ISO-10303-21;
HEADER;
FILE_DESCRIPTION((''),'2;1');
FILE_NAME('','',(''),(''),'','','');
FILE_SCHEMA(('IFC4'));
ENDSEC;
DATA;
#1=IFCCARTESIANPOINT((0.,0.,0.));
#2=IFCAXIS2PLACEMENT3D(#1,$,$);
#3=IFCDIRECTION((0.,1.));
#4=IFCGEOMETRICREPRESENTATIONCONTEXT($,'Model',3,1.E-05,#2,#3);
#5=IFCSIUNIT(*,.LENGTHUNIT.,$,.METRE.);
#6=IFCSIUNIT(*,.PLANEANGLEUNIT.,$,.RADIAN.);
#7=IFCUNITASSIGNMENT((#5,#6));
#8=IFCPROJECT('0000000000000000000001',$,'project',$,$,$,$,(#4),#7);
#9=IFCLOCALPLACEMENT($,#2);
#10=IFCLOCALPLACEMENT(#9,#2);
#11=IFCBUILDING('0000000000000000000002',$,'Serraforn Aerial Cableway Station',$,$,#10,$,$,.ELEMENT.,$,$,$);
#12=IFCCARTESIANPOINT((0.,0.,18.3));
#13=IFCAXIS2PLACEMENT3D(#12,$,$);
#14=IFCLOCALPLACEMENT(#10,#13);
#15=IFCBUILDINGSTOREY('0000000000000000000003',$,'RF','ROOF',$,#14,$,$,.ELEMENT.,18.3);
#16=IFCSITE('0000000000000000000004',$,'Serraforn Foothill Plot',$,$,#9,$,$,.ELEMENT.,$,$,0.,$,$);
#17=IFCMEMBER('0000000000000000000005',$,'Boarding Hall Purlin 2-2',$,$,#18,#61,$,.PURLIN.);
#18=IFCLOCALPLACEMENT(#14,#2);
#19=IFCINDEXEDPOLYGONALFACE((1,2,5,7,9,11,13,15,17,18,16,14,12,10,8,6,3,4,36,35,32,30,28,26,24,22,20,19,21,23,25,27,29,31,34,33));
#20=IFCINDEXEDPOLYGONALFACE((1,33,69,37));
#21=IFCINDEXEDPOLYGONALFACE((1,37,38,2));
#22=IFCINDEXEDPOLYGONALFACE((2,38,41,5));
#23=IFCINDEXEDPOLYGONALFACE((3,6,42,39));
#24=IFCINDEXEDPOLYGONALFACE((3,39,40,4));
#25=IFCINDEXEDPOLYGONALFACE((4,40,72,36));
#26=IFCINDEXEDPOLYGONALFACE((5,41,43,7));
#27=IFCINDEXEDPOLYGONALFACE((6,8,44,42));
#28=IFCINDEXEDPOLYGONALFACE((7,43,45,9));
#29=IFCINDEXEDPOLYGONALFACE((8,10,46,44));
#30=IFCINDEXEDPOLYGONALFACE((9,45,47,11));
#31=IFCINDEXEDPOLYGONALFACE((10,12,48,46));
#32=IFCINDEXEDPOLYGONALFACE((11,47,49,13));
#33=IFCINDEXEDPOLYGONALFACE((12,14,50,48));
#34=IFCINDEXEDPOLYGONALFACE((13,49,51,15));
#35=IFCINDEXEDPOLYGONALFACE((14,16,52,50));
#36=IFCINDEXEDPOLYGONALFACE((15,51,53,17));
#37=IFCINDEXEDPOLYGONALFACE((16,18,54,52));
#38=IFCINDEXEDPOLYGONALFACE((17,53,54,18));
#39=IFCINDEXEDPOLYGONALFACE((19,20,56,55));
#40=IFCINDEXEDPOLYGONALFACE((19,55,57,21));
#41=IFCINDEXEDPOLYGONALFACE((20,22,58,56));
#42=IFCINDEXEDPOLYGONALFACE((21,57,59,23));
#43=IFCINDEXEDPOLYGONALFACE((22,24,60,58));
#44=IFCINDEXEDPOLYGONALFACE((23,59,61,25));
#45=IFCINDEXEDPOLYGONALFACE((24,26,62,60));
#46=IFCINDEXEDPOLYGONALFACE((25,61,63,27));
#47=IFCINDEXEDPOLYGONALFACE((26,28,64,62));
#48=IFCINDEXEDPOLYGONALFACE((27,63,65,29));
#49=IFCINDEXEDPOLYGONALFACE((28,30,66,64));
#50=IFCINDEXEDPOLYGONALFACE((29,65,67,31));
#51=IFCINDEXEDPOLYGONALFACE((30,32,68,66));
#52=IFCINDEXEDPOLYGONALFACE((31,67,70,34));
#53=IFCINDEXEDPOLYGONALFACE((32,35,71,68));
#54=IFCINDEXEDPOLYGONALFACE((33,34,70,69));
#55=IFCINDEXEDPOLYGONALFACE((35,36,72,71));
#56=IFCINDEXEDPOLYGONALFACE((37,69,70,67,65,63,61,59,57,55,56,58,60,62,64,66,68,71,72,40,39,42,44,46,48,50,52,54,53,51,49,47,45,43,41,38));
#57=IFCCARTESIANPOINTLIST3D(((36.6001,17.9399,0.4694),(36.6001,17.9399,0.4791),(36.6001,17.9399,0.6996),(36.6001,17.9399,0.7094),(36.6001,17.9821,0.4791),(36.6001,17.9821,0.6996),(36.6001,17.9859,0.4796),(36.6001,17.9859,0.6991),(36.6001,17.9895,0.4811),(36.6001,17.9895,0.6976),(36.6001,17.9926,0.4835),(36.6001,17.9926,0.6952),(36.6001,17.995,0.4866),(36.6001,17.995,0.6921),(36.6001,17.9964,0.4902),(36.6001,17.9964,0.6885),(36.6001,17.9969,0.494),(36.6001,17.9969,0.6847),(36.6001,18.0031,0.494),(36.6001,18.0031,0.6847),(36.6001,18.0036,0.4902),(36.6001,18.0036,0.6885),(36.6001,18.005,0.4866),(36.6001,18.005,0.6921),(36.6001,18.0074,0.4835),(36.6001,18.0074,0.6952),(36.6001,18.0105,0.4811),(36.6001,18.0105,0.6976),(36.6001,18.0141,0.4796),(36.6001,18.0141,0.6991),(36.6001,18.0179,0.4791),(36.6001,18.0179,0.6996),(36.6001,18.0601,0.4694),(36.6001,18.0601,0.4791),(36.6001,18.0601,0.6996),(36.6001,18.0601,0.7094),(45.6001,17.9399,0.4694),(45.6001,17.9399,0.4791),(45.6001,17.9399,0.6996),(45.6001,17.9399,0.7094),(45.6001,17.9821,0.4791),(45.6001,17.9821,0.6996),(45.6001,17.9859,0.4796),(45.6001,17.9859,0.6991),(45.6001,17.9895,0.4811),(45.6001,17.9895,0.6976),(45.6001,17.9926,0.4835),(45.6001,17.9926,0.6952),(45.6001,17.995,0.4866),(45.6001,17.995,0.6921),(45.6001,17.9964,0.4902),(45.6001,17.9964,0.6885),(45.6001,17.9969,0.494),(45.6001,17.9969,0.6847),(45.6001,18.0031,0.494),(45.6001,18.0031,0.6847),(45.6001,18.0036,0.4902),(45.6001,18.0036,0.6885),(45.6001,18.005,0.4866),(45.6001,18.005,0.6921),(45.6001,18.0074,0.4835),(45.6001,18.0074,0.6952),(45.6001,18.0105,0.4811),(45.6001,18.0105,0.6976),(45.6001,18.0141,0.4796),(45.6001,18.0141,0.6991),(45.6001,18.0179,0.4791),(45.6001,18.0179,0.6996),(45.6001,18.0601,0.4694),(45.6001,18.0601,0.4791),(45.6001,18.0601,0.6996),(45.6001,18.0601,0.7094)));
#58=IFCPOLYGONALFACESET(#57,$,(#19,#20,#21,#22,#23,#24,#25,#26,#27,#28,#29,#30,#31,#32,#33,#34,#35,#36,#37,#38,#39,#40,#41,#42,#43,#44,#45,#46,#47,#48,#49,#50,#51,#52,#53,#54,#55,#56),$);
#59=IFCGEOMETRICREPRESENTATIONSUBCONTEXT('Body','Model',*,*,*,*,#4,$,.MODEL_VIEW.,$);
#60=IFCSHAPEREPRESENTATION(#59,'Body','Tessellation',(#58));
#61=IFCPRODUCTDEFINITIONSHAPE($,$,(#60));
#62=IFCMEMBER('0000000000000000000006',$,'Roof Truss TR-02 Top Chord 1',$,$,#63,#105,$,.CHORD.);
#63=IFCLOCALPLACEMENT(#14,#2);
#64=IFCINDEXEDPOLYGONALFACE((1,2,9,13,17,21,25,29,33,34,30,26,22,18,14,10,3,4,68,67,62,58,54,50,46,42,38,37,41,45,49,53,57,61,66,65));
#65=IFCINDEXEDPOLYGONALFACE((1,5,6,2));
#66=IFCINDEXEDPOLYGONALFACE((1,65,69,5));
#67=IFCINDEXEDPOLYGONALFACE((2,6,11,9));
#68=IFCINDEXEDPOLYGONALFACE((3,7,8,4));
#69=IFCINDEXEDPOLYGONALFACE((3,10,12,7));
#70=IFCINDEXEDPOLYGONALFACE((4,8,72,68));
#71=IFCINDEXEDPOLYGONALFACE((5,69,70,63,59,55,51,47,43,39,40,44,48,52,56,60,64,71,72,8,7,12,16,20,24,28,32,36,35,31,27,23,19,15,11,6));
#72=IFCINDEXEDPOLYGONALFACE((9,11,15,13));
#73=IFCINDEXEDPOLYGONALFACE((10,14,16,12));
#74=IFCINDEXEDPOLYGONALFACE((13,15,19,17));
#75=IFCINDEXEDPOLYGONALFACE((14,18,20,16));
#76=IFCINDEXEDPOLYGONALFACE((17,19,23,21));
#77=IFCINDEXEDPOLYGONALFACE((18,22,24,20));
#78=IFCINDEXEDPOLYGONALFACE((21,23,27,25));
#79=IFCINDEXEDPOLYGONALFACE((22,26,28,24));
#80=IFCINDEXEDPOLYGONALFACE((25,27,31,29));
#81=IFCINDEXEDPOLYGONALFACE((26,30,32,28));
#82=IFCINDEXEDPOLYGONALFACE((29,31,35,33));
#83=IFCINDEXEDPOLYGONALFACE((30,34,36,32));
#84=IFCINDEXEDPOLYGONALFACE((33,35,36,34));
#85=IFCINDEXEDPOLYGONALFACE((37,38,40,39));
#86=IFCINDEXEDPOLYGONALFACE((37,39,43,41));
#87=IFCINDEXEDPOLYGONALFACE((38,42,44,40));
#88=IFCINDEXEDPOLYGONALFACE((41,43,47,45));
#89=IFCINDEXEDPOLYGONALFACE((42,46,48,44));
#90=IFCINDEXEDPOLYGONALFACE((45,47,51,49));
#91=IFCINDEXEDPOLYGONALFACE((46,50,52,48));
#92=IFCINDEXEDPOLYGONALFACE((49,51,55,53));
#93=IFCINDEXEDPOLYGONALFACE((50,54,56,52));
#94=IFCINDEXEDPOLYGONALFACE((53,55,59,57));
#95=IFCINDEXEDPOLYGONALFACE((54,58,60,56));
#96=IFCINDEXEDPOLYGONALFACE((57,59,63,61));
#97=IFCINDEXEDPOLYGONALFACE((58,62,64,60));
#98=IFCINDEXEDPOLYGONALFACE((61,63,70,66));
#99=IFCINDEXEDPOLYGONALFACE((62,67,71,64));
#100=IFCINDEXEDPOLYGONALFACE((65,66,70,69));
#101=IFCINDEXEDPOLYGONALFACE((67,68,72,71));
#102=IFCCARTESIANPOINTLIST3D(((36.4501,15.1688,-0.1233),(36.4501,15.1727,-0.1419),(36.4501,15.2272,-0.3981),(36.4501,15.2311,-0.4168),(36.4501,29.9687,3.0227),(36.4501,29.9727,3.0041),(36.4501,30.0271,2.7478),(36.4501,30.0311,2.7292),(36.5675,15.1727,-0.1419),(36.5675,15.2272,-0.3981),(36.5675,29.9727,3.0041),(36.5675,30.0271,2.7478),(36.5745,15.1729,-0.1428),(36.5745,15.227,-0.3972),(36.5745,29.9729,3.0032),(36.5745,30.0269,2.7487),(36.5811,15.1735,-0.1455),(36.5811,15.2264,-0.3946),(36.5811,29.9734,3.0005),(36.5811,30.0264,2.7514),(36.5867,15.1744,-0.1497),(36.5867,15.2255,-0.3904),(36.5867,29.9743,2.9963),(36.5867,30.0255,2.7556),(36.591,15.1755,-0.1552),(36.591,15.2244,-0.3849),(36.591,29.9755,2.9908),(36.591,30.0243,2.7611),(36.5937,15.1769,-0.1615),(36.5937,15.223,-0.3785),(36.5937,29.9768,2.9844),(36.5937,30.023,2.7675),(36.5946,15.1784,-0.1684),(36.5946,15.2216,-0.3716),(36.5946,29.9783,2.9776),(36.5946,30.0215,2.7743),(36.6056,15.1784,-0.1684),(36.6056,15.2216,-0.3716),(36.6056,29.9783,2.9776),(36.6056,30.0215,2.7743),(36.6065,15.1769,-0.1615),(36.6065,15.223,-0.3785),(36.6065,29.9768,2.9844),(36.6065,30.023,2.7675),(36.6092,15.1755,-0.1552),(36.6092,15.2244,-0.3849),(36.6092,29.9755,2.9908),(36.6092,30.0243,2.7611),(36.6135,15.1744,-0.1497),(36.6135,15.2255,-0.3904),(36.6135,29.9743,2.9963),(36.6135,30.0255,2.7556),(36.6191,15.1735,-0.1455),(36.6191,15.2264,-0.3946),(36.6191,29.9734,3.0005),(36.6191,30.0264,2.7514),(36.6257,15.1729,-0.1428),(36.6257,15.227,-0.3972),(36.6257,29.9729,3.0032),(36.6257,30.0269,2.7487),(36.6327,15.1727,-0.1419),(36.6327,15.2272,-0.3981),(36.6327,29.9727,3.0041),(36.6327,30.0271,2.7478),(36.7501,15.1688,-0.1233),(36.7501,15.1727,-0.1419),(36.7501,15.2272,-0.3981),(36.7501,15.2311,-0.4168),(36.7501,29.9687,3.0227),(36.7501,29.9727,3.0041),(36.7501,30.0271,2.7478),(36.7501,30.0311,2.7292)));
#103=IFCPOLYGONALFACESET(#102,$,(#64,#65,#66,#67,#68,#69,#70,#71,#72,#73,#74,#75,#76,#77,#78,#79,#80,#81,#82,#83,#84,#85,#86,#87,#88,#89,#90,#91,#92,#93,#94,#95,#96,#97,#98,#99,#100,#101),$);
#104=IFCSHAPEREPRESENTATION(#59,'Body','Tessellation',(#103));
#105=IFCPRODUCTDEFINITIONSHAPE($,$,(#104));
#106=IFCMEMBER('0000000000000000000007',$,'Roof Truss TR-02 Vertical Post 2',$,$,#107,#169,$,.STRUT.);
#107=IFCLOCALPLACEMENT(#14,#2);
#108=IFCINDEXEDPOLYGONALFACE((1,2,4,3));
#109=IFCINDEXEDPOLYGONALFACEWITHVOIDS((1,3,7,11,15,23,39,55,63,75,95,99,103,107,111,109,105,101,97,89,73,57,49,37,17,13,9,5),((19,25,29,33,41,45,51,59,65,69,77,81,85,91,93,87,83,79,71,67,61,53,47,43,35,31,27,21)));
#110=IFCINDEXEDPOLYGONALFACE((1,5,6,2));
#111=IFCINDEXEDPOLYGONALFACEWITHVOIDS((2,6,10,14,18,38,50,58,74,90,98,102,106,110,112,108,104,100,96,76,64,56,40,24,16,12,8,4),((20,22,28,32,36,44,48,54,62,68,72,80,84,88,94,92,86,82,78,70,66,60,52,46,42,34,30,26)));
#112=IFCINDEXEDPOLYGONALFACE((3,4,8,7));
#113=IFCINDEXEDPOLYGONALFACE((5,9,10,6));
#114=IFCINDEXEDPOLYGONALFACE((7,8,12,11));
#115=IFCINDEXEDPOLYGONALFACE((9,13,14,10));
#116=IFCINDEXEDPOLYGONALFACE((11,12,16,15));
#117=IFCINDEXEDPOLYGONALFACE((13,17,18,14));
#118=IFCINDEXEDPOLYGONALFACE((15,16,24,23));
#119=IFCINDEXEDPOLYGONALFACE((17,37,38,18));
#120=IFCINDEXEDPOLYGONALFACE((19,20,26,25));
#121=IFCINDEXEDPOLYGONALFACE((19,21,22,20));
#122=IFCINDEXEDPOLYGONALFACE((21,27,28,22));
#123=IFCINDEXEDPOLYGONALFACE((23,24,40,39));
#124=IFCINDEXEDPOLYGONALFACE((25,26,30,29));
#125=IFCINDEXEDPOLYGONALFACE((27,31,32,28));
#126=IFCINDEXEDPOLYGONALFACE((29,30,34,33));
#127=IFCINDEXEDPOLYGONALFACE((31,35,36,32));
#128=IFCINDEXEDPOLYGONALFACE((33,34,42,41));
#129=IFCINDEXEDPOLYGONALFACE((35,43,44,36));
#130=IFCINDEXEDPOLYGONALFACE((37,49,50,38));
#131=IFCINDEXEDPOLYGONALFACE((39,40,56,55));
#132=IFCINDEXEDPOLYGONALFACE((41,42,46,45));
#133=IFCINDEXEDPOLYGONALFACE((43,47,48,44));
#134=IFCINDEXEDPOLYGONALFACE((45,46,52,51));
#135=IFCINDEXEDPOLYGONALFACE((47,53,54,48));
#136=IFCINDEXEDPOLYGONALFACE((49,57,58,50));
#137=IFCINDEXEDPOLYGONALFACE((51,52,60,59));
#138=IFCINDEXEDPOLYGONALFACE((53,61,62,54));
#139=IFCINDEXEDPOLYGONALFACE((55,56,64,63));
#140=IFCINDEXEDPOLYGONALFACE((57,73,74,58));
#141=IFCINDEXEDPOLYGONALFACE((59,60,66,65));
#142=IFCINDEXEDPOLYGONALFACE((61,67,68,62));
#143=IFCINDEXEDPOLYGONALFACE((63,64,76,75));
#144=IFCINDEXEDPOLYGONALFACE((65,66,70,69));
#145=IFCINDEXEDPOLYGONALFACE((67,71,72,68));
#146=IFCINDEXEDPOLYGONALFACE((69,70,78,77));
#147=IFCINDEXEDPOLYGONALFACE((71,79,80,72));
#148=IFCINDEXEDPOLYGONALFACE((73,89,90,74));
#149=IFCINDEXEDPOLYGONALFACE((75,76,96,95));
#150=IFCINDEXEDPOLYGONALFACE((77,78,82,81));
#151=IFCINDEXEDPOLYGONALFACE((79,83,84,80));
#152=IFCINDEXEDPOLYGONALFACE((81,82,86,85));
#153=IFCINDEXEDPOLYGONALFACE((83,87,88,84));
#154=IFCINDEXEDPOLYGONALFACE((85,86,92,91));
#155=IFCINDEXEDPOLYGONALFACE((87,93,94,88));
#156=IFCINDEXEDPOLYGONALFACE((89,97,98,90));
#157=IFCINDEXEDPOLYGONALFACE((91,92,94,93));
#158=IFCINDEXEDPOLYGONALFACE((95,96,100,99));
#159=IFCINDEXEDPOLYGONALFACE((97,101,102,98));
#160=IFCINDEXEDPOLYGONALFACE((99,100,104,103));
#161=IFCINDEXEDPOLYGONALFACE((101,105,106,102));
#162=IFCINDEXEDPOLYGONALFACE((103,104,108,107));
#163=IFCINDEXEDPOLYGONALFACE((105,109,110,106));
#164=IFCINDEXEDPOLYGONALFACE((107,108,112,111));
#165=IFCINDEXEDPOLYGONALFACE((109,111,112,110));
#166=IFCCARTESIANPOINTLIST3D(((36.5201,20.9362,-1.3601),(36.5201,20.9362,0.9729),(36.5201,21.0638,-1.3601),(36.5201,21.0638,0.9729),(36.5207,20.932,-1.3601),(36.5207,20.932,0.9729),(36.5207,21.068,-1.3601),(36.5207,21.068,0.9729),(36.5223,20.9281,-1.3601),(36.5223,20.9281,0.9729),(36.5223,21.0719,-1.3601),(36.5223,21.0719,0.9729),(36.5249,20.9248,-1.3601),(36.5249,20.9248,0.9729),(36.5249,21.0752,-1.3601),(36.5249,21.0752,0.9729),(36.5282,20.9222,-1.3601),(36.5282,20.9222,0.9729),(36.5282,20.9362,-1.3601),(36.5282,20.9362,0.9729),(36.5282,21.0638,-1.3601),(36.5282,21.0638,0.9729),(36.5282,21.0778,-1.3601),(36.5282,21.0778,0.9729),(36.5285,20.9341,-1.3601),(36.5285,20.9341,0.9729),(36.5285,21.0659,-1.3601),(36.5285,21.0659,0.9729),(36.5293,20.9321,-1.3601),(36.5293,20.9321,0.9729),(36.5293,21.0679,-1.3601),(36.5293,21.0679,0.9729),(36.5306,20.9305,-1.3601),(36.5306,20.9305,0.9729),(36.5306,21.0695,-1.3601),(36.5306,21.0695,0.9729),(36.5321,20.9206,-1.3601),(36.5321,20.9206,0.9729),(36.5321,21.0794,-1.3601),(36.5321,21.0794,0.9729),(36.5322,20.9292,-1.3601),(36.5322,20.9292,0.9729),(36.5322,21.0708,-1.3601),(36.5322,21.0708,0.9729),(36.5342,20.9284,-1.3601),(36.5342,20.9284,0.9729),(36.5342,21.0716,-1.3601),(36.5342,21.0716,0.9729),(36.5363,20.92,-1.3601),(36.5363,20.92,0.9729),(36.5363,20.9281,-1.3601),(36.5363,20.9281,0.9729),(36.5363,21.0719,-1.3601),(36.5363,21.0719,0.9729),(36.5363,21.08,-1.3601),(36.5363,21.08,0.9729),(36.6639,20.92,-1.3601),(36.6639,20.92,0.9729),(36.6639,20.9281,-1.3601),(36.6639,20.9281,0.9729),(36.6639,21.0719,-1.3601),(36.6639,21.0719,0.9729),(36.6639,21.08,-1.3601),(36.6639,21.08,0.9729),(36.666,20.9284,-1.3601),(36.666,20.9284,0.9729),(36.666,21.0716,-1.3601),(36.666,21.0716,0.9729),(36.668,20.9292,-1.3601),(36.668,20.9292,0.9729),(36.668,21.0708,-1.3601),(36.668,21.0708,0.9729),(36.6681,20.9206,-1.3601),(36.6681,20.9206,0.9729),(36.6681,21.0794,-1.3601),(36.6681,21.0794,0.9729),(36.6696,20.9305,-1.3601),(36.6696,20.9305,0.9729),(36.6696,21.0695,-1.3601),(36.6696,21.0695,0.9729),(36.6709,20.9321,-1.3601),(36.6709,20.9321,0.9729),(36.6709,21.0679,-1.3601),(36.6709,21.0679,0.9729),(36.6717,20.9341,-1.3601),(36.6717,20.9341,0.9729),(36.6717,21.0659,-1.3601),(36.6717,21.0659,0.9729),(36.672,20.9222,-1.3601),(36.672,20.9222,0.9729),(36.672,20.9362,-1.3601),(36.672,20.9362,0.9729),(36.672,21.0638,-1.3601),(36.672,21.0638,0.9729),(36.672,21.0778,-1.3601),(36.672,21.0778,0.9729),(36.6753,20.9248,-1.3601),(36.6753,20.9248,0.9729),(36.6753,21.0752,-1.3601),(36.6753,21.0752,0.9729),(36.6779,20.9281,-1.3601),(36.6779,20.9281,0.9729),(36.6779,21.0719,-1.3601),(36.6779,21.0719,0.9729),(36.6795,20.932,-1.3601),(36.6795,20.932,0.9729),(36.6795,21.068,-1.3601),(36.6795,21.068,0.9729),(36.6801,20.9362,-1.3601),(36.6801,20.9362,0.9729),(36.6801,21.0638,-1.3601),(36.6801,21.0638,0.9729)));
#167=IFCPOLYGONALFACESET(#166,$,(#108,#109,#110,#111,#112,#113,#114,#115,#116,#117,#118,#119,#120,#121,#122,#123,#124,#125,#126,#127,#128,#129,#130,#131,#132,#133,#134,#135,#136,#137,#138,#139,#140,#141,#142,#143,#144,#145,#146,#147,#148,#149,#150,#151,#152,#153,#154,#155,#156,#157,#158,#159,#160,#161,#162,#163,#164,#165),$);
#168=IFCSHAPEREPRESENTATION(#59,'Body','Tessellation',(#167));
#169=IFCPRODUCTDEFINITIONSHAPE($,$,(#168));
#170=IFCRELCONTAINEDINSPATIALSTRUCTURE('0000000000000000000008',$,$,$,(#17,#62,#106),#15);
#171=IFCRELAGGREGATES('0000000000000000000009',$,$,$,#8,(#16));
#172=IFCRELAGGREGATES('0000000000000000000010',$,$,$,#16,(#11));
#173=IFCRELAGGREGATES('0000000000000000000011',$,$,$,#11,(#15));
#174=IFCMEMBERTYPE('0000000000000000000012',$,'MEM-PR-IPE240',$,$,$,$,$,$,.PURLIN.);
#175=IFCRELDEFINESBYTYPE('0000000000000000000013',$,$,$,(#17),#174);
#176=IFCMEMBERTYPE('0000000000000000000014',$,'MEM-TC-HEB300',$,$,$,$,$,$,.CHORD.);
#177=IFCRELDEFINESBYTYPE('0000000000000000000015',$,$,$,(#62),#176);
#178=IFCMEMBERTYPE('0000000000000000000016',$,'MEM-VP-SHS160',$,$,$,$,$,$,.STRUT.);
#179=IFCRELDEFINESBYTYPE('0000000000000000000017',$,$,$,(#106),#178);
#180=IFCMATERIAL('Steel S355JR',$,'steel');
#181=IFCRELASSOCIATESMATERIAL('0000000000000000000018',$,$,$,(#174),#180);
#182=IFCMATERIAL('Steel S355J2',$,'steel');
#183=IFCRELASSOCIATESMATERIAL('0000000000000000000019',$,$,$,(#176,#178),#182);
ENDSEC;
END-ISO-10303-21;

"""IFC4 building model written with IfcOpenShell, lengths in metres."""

from ifc_helpers import new_model, si_unit, direction, frame, origin, origin_2d, place, context, subcontext, project, spatial, hollow_rectangle, i_section, extrude, material, material_profile, profile_set, type_object, element, save


model = new_model("IFC4")

# Units and contexts
model_context = context("Model", 3, precision=1e-05, world=origin(), true_north=direction((0.0, 1.0)))
body_context = subcontext(model_context, "Body", "Model", "MODEL_VIEW")
ifc_project = project(units=[si_unit("LENGTHUNIT", "METRE"), si_unit("PLANEANGLEUNIT", "RADIAN")], contexts=[model_context])

# Site, building, storey
site_placement = place(None, origin())
site = spatial("IfcSite", under=ifc_project, at=site_placement, Name="Serraforn Foothill Plot", CompositionType="ELEMENT", RefElevation=0.0)
building_placement = place(site_placement, origin())
building = spatial("IfcBuilding", under=site, at=building_placement, Name="Serraforn Aerial Cableway Station", CompositionType="ELEMENT")
storey_placement = place(building_placement, frame((0.0, 0.0, 18.3)))
storey = spatial("IfcBuildingStorey", under=building, at=storey_placement, Name="RF", Description="ROOF", CompositionType="ELEMENT", Elevation=18.3)

# Shared definitions
ifc_material_1 = material(Name="Steel S355J2", Category="steel")

# Members
ifc_material_2 = material(Name="Steel S355JR", Category="steel")
ifc_material_profile_1 = material_profile(ifc_material_2, i_section(OverallWidth=0.1201, OverallDepth=0.24, WebThickness=0.0061, FlangeThickness=0.0098, FilletRadius=0.0149, at=origin_2d()), Name="IPE 240")
ifc_profile_set_1 = profile_set([ifc_material_profile_1], Name="Steel S355JR")
member_type_1 = type_object("IfcMemberType", Name="MEM-PR-IPE240", PredefinedType="PURLIN", material=ifc_profile_set_1)
for number, where, z_axis, x_axis, name in (
    (1, (36.6001, 18.0, 0.5894), (1.0, 0.0, 0.0), (0.0, 1.0, 0.0), "Boarding Hall Purlin 2-2"),
):
    element("IfcMember", number, at=place(storey_placement, frame(where, z_axis=z_axis, x_axis=x_axis)), inside=storey, type_object=member_type_1, Name=name, PredefinedType="PURLIN", context=body_context, shape_type="SweptSolid", body=[
        extrude(i_section(OverallWidth=0.1201, OverallDepth=0.24, WebThickness=0.0061, FlangeThickness=0.0098, FilletRadius=0.0149, at=origin_2d()), origin(), (0.0, 0.0, 1.0), 9.0),
    ])
ifc_material_profile_2 = material_profile(ifc_material_1, i_section(OverallWidth=0.3, OverallDepth=0.3, WebThickness=0.011, FlangeThickness=0.019, FilletRadius=0.0271, at=origin_2d()), Name="HEB 300")
ifc_profile_set_2 = profile_set([ifc_material_profile_2], Name="Steel S355J2")
member_type_2 = type_object("IfcMemberType", Name="MEM-TC-HEB300", PredefinedType="CHORD", material=ifc_profile_set_2)
member_1_placement = place(storey_placement, frame((36.6001, 15.2, -0.27), z_axis=(0.0, 0.978146, 0.207921), x_axis=(-1.0, 0.0, 0.0)))
element("IfcMember", 2, at=member_1_placement, inside=storey, type_object=member_type_2, Name="Roof Truss TR-02 Top Chord 1", PredefinedType="CHORD", context=body_context, shape_type="SweptSolid", body=[
    extrude(i_section(OverallWidth=0.3, OverallDepth=0.3, WebThickness=0.011, FlangeThickness=0.019, FilletRadius=0.0271, at=origin_2d()), origin(), (0.0, 0.0, 1.0), 15.1306),
])
ifc_material_profile_3 = material_profile(ifc_material_1, hollow_rectangle(XDim=0.1599, YDim=0.1599, WallThickness=0.0081, InnerFilletRadius=0.0081, OuterFilletRadius=0.0161, at=origin_2d()), Name="SHS 160x160x8.0")
ifc_profile_set_3 = profile_set([ifc_material_profile_3], Name="Steel S355J2")
member_type_3 = type_object("IfcMemberType", Name="MEM-VP-SHS160", PredefinedType="STRUT", material=ifc_profile_set_3)
member_2_placement = place(storey_placement, frame((36.6001, 21.0, -1.3601), z_axis=(0.0, 0.0, 1.0), x_axis=(1.0, 0.0, 0.0)))
element("IfcMember", 3, at=member_2_placement, inside=storey, type_object=member_type_3, Name="Roof Truss TR-02 Vertical Post 2", PredefinedType="STRUT", context=body_context, shape_type="SweptSolid", body=[
    extrude(hollow_rectangle(XDim=0.1599, YDim=0.1599, WallThickness=0.0081, InnerFilletRadius=0.0081, OuterFilletRadius=0.0161, at=origin_2d()), origin(), (0.0, 0.0, 1.0), 2.333),
])

save(model, "model.ifc")
